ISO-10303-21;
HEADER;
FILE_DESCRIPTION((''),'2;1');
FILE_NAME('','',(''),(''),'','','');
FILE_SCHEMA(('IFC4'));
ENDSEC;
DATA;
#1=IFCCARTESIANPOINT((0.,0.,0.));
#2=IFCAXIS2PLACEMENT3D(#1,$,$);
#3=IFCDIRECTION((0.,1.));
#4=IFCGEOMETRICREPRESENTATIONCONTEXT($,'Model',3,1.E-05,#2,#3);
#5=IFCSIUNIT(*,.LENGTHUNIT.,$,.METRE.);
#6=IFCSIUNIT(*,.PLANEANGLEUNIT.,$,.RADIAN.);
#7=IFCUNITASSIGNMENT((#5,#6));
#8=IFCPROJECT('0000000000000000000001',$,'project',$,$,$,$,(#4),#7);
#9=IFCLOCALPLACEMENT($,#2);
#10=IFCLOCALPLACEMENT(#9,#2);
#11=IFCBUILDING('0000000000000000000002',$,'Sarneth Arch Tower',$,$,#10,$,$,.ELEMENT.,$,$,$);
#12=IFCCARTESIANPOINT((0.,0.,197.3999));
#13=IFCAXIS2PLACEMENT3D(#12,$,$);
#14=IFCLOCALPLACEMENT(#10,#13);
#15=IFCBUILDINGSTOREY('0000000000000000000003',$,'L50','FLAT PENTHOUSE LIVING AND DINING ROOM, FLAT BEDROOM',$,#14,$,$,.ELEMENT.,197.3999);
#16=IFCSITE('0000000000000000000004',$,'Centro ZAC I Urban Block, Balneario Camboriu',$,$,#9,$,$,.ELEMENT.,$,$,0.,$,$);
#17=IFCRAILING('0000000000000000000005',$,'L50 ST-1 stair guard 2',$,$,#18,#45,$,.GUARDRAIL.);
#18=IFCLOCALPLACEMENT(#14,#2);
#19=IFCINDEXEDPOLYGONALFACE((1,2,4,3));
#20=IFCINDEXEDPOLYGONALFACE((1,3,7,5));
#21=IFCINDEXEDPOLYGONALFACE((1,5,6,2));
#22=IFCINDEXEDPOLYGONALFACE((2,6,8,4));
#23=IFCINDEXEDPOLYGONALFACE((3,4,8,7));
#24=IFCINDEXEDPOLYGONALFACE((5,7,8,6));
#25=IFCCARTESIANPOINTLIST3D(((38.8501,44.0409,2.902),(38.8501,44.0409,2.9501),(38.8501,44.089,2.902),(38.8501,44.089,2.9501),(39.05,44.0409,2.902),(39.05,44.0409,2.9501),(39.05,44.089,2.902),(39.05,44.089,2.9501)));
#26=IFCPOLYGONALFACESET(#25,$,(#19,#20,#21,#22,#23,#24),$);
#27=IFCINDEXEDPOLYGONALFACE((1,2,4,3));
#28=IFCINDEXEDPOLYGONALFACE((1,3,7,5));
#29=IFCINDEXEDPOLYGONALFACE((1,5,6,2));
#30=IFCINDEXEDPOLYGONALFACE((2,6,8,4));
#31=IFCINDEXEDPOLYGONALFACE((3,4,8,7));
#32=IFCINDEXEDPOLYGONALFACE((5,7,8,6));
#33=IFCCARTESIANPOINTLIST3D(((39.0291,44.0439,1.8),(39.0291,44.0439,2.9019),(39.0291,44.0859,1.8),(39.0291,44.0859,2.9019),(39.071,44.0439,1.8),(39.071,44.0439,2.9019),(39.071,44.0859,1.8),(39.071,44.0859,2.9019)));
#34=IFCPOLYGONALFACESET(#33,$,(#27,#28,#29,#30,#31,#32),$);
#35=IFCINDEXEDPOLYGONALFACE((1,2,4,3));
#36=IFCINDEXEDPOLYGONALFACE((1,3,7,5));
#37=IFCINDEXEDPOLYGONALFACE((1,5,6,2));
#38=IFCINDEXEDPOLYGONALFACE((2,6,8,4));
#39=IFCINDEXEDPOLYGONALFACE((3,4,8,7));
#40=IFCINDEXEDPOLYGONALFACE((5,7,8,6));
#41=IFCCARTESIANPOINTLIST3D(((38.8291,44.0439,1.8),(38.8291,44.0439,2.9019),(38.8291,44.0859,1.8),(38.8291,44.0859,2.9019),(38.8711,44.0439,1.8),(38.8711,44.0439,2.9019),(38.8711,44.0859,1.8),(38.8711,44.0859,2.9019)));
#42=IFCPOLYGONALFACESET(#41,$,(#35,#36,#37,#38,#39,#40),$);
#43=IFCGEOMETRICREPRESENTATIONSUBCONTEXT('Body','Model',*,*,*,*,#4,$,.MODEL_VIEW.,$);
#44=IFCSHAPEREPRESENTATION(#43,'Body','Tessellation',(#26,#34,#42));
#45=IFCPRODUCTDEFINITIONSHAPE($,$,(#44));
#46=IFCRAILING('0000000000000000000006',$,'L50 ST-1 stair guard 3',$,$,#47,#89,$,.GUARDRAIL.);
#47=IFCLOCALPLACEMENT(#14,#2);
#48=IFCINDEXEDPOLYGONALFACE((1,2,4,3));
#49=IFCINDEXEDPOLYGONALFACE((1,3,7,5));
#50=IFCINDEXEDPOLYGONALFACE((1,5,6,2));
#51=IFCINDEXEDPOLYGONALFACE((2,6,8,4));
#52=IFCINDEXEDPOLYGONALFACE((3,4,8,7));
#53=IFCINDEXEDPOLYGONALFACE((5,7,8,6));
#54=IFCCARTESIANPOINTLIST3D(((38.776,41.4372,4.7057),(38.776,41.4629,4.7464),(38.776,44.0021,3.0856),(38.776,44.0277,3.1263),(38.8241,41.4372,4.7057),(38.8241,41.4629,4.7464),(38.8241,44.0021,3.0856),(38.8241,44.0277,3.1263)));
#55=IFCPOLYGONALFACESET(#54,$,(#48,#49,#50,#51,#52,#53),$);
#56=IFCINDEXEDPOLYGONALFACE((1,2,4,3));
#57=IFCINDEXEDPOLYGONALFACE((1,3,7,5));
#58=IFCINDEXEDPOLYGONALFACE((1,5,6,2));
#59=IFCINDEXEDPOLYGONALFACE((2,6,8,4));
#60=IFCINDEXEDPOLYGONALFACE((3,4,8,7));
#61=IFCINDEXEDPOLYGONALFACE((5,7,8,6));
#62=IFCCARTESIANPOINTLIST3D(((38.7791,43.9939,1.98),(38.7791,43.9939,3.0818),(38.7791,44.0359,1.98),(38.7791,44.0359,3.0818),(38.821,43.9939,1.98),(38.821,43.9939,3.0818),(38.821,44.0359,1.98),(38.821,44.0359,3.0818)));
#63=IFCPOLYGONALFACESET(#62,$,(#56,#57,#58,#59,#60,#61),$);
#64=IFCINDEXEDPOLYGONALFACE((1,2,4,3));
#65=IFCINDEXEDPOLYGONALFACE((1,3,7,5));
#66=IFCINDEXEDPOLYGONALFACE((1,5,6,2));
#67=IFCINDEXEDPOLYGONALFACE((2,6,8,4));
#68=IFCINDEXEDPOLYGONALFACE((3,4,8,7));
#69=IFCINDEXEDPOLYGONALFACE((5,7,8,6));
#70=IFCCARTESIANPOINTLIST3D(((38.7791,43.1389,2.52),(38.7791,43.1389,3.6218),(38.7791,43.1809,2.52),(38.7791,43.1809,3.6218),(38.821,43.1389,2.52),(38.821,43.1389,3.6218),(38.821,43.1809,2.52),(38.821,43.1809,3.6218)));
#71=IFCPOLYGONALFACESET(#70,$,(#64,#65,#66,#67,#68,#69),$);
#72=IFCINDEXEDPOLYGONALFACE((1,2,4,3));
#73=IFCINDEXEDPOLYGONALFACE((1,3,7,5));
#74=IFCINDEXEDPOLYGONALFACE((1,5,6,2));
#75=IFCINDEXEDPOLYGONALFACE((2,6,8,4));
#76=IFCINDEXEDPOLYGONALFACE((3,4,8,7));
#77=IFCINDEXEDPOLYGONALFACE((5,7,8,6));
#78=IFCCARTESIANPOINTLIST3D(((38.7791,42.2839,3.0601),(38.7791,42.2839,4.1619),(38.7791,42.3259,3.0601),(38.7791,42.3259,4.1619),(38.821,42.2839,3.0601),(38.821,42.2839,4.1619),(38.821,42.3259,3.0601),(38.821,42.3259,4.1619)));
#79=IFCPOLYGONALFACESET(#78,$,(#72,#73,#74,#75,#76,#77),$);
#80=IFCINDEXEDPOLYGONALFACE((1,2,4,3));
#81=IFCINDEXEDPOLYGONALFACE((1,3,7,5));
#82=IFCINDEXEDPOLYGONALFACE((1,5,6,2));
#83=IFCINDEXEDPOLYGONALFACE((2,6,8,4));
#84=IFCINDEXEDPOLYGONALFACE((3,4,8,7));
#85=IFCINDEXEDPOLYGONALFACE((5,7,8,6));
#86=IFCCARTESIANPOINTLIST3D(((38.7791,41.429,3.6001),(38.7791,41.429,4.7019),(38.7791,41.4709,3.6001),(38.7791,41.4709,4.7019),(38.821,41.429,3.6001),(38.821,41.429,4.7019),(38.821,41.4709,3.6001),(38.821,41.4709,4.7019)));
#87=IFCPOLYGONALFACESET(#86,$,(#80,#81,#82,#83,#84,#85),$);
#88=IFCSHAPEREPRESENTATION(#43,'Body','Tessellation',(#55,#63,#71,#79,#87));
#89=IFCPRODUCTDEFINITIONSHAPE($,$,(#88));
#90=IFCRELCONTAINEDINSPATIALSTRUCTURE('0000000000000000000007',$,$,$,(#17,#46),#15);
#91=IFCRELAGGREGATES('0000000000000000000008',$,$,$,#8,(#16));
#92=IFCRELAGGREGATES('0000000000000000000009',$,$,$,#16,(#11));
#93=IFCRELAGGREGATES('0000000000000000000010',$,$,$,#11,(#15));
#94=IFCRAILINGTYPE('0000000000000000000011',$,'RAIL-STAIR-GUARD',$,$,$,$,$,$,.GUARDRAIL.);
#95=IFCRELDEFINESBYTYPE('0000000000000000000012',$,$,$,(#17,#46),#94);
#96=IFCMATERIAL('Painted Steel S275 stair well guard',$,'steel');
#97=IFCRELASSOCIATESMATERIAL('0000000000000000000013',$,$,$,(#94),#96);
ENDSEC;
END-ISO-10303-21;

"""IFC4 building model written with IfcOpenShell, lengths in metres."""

from ifc_helpers import new_model, si_unit, direction, frame, origin, origin_2d, place, context, subcontext, project, spatial, rectangle, extrude, material, type_object, element, save


model = new_model("IFC4")

# Units and contexts
model_context = context("Model", 3, precision=1e-05, world=origin(), true_north=direction((0.0, 1.0)))
body_context = subcontext(model_context, "Body", "Model", "MODEL_VIEW")
ifc_project = project(units=[si_unit("LENGTHUNIT", "METRE"), si_unit("PLANEANGLEUNIT", "RADIAN")], contexts=[model_context])

# Site, building, storey
site_placement = place(None, origin())
site = spatial("IfcSite", under=ifc_project, at=site_placement, Name="Centro ZAC I Urban Block, Balneario Camboriu", CompositionType="ELEMENT", RefElevation=0.0)
building_placement = place(site_placement, origin())
building = spatial("IfcBuilding", under=site, at=building_placement, Name="Sarneth Arch Tower", CompositionType="ELEMENT")
storey_placement = place(building_placement, frame((0.0, 0.0, 197.3999)))
storey = spatial("IfcBuildingStorey", under=building, at=storey_placement, Name="L50", Description="FLAT PENTHOUSE LIVING AND DINING ROOM, FLAT BEDROOM", CompositionType="ELEMENT", Elevation=197.3999)

# Railings
ifc_material_1 = material(Name="Painted Steel S275 stair well guard", Category="steel")
railing_type_1 = type_object("IfcRailingType", Name="RAIL-STAIR-GUARD", PredefinedType="GUARDRAIL", material=ifc_material_1)
railing_1_placement = place(storey_placement, frame((39.05, 44.0649, 1.8)))
element("IfcRailing", 1, at=railing_1_placement, inside=storey, type_object=railing_type_1, Name="L50 ST-1 stair guard 2", PredefinedType="GUARDRAIL", context=body_context, shape_type="SweptSolid", body=[
    extrude(rectangle(XDim=0.0481, YDim=0.0481, at=origin_2d()), frame((0.0, 0.0, 1.126), z_axis=(-1.0, 0.0, 0.0), x_axis=(0.0, -1.0, 0.0)), (0.0, 0.0, 1.0), 0.2),
    extrude(rectangle(XDim=0.042, YDim=0.042, at=origin_2d()), origin(), (0.0, 0.0, 1.0), 1.1018),
    extrude(rectangle(XDim=0.042, YDim=0.042, at=origin_2d()), frame((-0.2, 0.0, 0.0)), (0.0, 0.0, 1.0), 1.1018),
])
railing_2_placement = place(storey_placement, frame((38.8, 44.0149, 1.98)))
element("IfcRailing", 2, at=railing_2_placement, inside=storey, type_object=railing_type_1, Name="L50 ST-1 stair guard 3", PredefinedType="GUARDRAIL", context=body_context, shape_type="SweptSolid", body=[
    extrude(rectangle(XDim=0.0481, YDim=0.0481, at=origin_2d()), frame((0.0, 0.0, 1.126), z_axis=(0.0, -0.845466, 0.534029), x_axis=(1.0, 0.0, 0.0)), (0.0, 0.0, 1.0), 3.0337),
    extrude(rectangle(XDim=0.042, YDim=0.042, at=origin_2d()), origin(), (0.0, 0.0, 1.0), 1.1018),
    extrude(rectangle(XDim=0.042, YDim=0.042, at=origin_2d()), frame((0.0, -0.855, 0.54)), (0.0, 0.0, 1.0), 1.1018),
    extrude(rectangle(XDim=0.042, YDim=0.042, at=origin_2d()), frame((0.0, -1.71, 1.0801)), (0.0, 0.0, 1.0), 1.1018),
    extrude(rectangle(XDim=0.042, YDim=0.042, at=origin_2d()), frame((0.0, -2.5649, 1.6201)), (0.0, 0.0, 1.0), 1.1018),
])

save(model, "model.ifc")
